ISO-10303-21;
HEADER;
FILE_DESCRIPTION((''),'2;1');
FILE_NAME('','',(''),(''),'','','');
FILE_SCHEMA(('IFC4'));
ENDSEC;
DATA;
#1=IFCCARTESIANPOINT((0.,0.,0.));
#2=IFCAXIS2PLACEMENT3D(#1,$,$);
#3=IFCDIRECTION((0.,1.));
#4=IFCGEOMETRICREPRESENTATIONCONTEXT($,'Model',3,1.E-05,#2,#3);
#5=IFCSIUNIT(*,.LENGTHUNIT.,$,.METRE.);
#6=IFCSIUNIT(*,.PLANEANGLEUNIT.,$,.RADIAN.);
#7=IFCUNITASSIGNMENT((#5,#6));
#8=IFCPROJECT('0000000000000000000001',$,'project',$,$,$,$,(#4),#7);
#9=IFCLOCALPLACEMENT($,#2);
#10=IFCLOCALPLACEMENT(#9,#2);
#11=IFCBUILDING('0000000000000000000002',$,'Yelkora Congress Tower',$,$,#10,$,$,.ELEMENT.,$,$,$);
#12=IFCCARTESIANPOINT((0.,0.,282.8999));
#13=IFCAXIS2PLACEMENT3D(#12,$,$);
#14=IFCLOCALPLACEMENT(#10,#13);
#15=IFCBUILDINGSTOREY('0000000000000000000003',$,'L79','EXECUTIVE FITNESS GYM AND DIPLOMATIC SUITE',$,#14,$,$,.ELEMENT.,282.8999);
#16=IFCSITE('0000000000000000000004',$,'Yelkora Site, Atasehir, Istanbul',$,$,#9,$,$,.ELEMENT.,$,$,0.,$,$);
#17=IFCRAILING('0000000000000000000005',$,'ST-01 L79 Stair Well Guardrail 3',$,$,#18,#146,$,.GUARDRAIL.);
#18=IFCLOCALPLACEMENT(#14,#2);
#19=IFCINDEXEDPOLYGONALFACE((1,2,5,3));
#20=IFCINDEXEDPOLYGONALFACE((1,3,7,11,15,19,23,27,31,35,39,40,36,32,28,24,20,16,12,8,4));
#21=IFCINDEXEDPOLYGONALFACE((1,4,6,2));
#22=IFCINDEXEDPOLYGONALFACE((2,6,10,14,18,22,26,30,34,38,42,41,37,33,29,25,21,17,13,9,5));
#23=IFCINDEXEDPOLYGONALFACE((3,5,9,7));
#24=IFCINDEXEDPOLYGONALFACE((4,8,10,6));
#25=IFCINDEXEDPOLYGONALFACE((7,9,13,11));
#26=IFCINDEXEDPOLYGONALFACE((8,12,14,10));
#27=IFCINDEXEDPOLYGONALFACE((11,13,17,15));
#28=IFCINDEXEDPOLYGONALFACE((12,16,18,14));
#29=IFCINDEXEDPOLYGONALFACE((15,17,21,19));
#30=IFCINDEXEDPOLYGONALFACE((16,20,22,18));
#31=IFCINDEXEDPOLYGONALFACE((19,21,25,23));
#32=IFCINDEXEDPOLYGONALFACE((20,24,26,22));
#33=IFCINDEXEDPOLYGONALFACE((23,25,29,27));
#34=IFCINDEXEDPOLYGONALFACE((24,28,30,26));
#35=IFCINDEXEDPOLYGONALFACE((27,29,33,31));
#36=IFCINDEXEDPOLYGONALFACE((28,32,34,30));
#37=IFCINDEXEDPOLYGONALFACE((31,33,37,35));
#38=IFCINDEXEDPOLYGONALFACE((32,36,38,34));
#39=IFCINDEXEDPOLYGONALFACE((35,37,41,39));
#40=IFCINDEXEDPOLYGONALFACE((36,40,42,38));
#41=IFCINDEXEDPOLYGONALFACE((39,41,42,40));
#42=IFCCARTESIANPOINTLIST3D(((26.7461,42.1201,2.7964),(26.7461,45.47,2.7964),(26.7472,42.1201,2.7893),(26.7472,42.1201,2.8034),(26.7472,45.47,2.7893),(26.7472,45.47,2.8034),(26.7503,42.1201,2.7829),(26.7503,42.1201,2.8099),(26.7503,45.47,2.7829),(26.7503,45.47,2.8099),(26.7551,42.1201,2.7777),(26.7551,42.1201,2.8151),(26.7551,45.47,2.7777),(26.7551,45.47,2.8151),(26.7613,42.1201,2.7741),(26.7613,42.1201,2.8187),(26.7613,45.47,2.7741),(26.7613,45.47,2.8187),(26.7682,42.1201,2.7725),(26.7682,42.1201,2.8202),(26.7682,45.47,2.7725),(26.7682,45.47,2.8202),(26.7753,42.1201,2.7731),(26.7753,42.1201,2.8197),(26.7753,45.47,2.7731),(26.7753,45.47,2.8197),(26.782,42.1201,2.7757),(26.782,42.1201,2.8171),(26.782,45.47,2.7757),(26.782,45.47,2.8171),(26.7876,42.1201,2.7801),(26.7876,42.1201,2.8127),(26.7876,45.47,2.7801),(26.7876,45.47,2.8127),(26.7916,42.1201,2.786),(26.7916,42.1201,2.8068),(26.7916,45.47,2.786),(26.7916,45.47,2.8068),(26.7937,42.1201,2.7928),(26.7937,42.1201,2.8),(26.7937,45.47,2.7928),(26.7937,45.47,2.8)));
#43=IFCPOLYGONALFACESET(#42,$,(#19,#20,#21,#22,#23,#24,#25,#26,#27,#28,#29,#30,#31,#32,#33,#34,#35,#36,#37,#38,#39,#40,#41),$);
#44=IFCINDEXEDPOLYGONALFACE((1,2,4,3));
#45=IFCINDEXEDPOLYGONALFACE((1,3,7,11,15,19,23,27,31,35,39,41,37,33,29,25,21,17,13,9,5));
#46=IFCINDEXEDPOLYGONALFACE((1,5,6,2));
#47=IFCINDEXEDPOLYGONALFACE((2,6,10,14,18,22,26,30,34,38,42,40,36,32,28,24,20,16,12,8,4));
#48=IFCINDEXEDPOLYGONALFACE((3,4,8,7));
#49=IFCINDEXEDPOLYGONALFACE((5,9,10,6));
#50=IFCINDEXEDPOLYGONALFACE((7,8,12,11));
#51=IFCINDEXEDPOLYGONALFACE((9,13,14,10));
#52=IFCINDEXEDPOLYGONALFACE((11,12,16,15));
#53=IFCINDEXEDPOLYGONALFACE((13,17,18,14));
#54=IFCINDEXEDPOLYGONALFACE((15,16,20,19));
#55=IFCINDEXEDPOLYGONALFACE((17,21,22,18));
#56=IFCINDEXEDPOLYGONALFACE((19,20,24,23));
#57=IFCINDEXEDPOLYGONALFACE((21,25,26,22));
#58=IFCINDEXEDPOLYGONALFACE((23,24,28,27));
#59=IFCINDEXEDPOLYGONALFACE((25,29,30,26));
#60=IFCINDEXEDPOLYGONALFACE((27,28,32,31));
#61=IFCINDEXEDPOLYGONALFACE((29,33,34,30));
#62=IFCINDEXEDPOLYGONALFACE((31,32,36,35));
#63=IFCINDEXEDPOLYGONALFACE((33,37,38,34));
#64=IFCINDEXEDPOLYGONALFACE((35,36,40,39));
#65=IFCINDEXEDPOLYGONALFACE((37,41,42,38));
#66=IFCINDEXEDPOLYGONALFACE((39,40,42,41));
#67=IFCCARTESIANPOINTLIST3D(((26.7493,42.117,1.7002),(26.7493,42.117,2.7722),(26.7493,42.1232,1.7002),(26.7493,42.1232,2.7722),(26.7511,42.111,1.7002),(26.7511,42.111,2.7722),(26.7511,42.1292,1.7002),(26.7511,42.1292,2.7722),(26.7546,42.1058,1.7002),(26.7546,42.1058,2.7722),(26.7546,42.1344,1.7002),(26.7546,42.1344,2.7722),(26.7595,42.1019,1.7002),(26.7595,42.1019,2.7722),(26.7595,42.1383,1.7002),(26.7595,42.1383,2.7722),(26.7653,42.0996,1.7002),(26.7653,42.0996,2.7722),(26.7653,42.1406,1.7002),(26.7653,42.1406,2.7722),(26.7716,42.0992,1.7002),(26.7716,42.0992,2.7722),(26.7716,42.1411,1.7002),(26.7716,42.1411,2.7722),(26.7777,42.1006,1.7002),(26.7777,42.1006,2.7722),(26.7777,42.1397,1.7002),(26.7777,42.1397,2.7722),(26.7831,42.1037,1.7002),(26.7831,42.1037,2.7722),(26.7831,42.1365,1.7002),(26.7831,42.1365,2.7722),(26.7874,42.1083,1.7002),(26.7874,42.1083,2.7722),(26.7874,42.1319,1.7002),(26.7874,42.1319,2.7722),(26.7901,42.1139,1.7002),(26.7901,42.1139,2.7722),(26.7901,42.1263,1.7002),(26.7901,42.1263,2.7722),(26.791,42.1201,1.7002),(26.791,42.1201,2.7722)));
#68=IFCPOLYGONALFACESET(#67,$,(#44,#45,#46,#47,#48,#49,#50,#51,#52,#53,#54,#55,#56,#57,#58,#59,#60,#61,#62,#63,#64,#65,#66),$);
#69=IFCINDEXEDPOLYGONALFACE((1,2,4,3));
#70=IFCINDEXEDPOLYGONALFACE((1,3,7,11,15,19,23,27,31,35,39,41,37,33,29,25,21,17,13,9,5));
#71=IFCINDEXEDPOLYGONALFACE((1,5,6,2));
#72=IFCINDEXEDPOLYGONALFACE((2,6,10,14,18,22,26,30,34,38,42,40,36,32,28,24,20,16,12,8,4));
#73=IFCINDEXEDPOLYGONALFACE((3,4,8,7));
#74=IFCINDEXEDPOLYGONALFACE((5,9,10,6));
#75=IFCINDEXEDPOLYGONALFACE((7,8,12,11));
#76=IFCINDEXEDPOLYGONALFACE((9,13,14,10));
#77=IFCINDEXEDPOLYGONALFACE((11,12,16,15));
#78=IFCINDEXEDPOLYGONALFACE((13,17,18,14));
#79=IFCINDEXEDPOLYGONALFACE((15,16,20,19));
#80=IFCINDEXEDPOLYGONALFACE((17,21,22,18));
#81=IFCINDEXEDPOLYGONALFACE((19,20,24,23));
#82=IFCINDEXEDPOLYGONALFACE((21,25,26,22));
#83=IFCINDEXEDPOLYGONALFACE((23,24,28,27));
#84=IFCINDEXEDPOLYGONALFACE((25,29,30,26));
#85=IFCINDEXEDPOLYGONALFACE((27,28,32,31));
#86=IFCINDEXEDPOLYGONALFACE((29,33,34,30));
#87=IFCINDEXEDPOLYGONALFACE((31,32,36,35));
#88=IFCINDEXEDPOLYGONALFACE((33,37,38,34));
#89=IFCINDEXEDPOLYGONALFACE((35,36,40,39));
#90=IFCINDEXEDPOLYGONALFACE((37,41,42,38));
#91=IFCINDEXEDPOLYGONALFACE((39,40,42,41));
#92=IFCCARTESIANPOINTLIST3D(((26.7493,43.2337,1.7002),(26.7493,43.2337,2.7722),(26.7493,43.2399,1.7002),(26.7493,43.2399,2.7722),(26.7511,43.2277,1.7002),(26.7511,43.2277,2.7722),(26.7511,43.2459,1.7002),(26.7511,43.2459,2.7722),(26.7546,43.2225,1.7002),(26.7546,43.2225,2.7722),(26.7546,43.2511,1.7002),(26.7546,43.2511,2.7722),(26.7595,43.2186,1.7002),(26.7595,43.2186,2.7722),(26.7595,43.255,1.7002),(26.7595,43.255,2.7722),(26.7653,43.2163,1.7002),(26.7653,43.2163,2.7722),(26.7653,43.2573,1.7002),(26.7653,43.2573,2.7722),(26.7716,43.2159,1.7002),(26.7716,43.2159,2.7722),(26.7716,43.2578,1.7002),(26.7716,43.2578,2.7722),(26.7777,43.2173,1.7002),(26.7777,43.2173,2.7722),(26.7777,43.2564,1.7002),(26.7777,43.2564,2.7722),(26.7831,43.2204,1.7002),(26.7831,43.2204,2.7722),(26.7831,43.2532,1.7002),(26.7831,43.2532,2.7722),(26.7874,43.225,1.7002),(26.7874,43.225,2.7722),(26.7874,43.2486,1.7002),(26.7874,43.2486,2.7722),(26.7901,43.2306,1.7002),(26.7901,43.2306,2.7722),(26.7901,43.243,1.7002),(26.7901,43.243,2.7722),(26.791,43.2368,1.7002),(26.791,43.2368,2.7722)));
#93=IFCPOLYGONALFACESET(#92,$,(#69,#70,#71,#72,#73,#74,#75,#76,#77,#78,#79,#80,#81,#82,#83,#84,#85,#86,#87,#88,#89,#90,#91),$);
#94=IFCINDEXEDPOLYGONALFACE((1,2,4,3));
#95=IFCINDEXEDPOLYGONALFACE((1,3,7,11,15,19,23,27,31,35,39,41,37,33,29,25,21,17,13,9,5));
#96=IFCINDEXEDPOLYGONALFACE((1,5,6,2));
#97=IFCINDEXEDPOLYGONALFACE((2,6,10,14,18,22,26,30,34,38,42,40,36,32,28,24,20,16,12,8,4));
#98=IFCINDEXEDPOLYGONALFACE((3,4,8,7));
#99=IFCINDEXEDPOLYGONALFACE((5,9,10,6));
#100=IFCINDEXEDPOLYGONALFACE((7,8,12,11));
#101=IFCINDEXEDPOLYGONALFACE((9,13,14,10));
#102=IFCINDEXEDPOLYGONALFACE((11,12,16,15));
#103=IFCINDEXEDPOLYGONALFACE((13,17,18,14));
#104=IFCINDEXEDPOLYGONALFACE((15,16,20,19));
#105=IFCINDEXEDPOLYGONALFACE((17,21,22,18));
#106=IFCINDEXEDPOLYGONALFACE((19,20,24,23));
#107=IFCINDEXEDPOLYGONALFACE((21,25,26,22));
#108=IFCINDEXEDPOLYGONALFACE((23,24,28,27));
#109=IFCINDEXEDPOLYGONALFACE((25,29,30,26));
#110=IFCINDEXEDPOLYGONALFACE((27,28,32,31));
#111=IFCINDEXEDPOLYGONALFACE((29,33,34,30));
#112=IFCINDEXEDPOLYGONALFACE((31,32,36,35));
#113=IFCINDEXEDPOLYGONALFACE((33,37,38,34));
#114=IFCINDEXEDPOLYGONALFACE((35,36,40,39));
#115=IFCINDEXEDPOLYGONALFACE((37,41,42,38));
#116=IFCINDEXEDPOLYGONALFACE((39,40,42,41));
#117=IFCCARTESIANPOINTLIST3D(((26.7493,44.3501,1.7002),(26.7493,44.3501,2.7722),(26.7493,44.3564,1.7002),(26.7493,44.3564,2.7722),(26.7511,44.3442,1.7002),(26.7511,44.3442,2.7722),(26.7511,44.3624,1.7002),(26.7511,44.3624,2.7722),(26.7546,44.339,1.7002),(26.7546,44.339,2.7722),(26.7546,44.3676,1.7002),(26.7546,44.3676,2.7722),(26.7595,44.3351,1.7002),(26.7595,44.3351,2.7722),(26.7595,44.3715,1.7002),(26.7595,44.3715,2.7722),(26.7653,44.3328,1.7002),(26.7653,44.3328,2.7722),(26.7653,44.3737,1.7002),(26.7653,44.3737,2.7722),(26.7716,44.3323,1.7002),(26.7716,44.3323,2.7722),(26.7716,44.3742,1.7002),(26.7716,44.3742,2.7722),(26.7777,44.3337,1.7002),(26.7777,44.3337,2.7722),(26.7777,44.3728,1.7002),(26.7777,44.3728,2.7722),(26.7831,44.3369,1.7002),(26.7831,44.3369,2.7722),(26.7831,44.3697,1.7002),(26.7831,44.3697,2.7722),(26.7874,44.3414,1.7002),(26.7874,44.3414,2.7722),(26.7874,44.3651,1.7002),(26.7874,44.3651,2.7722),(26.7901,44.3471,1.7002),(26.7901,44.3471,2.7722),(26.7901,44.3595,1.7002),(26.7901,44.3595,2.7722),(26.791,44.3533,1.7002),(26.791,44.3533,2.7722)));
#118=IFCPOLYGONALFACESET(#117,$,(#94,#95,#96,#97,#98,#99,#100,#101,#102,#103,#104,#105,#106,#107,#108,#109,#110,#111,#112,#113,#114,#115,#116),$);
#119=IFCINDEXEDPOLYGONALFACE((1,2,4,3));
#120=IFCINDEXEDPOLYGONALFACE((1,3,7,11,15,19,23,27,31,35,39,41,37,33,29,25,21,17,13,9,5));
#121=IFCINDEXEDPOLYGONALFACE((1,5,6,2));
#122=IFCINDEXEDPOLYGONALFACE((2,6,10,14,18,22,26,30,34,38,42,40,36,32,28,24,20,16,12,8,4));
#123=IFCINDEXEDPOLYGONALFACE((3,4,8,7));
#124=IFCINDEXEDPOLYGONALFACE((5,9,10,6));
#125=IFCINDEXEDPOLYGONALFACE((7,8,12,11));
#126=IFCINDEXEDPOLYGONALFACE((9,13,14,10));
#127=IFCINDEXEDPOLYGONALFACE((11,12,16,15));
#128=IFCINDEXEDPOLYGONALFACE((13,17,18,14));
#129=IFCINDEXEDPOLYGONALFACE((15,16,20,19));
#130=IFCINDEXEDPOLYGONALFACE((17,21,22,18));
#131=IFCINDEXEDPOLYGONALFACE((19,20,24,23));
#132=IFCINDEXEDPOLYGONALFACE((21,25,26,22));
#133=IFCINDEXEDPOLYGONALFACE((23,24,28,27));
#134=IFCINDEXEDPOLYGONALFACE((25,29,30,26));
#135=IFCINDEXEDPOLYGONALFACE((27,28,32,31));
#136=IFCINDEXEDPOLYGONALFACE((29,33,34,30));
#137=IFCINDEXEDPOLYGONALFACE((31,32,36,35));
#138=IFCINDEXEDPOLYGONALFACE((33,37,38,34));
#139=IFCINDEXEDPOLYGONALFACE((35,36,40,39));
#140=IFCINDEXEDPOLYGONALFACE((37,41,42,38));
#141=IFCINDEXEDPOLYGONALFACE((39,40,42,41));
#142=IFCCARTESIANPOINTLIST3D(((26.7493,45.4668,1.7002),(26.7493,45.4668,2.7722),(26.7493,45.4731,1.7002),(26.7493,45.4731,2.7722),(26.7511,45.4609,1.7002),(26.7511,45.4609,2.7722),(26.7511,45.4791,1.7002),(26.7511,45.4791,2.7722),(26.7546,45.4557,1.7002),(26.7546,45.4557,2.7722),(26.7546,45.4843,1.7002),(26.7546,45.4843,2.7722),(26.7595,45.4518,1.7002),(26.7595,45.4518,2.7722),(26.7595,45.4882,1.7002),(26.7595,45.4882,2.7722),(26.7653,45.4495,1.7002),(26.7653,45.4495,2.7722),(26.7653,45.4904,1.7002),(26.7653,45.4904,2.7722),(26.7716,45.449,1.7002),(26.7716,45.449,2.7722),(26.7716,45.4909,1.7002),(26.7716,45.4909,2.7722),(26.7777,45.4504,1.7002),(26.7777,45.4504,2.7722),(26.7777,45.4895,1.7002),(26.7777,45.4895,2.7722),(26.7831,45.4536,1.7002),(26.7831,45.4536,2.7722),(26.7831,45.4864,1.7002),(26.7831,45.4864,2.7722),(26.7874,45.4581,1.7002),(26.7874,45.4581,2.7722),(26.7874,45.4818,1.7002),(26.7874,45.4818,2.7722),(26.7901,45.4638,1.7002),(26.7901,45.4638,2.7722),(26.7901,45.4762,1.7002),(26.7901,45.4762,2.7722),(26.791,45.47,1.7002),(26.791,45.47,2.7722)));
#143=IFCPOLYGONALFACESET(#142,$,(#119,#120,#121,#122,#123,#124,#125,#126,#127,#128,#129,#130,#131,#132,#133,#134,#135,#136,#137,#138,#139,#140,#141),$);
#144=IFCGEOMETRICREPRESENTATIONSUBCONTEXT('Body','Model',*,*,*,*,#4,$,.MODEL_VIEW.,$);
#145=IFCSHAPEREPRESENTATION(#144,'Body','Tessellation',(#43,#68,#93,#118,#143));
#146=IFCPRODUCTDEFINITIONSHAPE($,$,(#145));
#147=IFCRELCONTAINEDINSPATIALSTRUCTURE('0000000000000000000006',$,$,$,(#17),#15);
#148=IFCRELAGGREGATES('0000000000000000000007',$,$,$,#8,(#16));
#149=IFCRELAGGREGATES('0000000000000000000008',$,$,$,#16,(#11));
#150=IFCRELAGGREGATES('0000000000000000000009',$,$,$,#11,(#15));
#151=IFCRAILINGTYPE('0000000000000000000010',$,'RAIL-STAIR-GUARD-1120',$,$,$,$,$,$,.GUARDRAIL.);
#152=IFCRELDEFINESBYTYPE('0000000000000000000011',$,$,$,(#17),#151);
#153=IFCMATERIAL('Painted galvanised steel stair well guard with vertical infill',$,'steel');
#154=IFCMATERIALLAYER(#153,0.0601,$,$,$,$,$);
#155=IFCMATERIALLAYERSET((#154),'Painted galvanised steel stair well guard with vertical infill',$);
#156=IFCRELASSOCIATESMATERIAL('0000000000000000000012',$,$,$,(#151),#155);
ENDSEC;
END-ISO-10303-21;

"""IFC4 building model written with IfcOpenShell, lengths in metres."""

from ifc_helpers import new_model, si_unit, direction, frame, origin, origin_2d, place, context, subcontext, project, spatial, circle, extrude, material, layer, layer_set, type_object, element, save


model = new_model("IFC4")

# Units and contexts
model_context = context("Model", 3, precision=1e-05, world=origin(), true_north=direction((0.0, 1.0)))
body_context = subcontext(model_context, "Body", "Model", "MODEL_VIEW")
ifc_project = project(units=[si_unit("LENGTHUNIT", "METRE"), si_unit("PLANEANGLEUNIT", "RADIAN")], contexts=[model_context])

# Site, building, storey
site_placement = place(None, origin())
site = spatial("IfcSite", under=ifc_project, at=site_placement, Name="Yelkora Site, Atasehir, Istanbul", CompositionType="ELEMENT", RefElevation=0.0)
building_placement = place(site_placement, origin())
building = spatial("IfcBuilding", under=site, at=building_placement, Name="Yelkora Congress Tower", CompositionType="ELEMENT")
storey_placement = place(building_placement, frame((0.0, 0.0, 282.8999)))
storey = spatial("IfcBuildingStorey", under=building, at=storey_placement, Name="L79", Description="EXECUTIVE FITNESS GYM AND DIPLOMATIC SUITE", CompositionType="ELEMENT", Elevation=282.8999)

# Railing
ifc_material_1 = material(Name="Painted galvanised steel stair well guard with vertical infill", Category="steel")
ifc_layer_1 = layer(ifc_material_1, 0.0601)
ifc_layer_set_1 = layer_set([ifc_layer_1], Name="Painted galvanised steel stair well guard with vertical infill")
railing_type = type_object("IfcRailingType", Name="RAIL-STAIR-GUARD-1120", PredefinedType="GUARDRAIL", material=ifc_layer_set_1)
railing_1_placement = place(storey_placement, frame((26.77, 42.1201, 1.7002)))
element("IfcRailing", 1, at=railing_1_placement, inside=storey, type_object=railing_type, Name="ST-01 L79 Stair Well Guardrail 3", PredefinedType="GUARDRAIL", context=body_context, shape_type="SweptSolid", body=[
    extrude(circle(Radius=0.0239, at=origin_2d()), frame((0.0, 0.0, 1.0962), z_axis=(0.0, 1.0, 0.0), x_axis=(-1.0, 0.0, 0.0)), (0.0, 0.0, 1.0), 3.3499),
    extrude(circle(Radius=0.021, at=origin_2d()), origin(), (0.0, 0.0, 1.0), 1.072),
    extrude(circle(Radius=0.021, at=origin_2d()), frame((0.0, 1.1167, 0.0)), (0.0, 0.0, 1.0), 1.072),
    extrude(circle(Radius=0.021, at=origin_2d()), frame((0.0, 2.2332, 0.0)), (0.0, 0.0, 1.0), 1.072),
    extrude(circle(Radius=0.021, at=origin_2d()), frame((0.0, 3.3499, 0.0)), (0.0, 0.0, 1.0), 1.072),
])

save(model, "model.ifc")
